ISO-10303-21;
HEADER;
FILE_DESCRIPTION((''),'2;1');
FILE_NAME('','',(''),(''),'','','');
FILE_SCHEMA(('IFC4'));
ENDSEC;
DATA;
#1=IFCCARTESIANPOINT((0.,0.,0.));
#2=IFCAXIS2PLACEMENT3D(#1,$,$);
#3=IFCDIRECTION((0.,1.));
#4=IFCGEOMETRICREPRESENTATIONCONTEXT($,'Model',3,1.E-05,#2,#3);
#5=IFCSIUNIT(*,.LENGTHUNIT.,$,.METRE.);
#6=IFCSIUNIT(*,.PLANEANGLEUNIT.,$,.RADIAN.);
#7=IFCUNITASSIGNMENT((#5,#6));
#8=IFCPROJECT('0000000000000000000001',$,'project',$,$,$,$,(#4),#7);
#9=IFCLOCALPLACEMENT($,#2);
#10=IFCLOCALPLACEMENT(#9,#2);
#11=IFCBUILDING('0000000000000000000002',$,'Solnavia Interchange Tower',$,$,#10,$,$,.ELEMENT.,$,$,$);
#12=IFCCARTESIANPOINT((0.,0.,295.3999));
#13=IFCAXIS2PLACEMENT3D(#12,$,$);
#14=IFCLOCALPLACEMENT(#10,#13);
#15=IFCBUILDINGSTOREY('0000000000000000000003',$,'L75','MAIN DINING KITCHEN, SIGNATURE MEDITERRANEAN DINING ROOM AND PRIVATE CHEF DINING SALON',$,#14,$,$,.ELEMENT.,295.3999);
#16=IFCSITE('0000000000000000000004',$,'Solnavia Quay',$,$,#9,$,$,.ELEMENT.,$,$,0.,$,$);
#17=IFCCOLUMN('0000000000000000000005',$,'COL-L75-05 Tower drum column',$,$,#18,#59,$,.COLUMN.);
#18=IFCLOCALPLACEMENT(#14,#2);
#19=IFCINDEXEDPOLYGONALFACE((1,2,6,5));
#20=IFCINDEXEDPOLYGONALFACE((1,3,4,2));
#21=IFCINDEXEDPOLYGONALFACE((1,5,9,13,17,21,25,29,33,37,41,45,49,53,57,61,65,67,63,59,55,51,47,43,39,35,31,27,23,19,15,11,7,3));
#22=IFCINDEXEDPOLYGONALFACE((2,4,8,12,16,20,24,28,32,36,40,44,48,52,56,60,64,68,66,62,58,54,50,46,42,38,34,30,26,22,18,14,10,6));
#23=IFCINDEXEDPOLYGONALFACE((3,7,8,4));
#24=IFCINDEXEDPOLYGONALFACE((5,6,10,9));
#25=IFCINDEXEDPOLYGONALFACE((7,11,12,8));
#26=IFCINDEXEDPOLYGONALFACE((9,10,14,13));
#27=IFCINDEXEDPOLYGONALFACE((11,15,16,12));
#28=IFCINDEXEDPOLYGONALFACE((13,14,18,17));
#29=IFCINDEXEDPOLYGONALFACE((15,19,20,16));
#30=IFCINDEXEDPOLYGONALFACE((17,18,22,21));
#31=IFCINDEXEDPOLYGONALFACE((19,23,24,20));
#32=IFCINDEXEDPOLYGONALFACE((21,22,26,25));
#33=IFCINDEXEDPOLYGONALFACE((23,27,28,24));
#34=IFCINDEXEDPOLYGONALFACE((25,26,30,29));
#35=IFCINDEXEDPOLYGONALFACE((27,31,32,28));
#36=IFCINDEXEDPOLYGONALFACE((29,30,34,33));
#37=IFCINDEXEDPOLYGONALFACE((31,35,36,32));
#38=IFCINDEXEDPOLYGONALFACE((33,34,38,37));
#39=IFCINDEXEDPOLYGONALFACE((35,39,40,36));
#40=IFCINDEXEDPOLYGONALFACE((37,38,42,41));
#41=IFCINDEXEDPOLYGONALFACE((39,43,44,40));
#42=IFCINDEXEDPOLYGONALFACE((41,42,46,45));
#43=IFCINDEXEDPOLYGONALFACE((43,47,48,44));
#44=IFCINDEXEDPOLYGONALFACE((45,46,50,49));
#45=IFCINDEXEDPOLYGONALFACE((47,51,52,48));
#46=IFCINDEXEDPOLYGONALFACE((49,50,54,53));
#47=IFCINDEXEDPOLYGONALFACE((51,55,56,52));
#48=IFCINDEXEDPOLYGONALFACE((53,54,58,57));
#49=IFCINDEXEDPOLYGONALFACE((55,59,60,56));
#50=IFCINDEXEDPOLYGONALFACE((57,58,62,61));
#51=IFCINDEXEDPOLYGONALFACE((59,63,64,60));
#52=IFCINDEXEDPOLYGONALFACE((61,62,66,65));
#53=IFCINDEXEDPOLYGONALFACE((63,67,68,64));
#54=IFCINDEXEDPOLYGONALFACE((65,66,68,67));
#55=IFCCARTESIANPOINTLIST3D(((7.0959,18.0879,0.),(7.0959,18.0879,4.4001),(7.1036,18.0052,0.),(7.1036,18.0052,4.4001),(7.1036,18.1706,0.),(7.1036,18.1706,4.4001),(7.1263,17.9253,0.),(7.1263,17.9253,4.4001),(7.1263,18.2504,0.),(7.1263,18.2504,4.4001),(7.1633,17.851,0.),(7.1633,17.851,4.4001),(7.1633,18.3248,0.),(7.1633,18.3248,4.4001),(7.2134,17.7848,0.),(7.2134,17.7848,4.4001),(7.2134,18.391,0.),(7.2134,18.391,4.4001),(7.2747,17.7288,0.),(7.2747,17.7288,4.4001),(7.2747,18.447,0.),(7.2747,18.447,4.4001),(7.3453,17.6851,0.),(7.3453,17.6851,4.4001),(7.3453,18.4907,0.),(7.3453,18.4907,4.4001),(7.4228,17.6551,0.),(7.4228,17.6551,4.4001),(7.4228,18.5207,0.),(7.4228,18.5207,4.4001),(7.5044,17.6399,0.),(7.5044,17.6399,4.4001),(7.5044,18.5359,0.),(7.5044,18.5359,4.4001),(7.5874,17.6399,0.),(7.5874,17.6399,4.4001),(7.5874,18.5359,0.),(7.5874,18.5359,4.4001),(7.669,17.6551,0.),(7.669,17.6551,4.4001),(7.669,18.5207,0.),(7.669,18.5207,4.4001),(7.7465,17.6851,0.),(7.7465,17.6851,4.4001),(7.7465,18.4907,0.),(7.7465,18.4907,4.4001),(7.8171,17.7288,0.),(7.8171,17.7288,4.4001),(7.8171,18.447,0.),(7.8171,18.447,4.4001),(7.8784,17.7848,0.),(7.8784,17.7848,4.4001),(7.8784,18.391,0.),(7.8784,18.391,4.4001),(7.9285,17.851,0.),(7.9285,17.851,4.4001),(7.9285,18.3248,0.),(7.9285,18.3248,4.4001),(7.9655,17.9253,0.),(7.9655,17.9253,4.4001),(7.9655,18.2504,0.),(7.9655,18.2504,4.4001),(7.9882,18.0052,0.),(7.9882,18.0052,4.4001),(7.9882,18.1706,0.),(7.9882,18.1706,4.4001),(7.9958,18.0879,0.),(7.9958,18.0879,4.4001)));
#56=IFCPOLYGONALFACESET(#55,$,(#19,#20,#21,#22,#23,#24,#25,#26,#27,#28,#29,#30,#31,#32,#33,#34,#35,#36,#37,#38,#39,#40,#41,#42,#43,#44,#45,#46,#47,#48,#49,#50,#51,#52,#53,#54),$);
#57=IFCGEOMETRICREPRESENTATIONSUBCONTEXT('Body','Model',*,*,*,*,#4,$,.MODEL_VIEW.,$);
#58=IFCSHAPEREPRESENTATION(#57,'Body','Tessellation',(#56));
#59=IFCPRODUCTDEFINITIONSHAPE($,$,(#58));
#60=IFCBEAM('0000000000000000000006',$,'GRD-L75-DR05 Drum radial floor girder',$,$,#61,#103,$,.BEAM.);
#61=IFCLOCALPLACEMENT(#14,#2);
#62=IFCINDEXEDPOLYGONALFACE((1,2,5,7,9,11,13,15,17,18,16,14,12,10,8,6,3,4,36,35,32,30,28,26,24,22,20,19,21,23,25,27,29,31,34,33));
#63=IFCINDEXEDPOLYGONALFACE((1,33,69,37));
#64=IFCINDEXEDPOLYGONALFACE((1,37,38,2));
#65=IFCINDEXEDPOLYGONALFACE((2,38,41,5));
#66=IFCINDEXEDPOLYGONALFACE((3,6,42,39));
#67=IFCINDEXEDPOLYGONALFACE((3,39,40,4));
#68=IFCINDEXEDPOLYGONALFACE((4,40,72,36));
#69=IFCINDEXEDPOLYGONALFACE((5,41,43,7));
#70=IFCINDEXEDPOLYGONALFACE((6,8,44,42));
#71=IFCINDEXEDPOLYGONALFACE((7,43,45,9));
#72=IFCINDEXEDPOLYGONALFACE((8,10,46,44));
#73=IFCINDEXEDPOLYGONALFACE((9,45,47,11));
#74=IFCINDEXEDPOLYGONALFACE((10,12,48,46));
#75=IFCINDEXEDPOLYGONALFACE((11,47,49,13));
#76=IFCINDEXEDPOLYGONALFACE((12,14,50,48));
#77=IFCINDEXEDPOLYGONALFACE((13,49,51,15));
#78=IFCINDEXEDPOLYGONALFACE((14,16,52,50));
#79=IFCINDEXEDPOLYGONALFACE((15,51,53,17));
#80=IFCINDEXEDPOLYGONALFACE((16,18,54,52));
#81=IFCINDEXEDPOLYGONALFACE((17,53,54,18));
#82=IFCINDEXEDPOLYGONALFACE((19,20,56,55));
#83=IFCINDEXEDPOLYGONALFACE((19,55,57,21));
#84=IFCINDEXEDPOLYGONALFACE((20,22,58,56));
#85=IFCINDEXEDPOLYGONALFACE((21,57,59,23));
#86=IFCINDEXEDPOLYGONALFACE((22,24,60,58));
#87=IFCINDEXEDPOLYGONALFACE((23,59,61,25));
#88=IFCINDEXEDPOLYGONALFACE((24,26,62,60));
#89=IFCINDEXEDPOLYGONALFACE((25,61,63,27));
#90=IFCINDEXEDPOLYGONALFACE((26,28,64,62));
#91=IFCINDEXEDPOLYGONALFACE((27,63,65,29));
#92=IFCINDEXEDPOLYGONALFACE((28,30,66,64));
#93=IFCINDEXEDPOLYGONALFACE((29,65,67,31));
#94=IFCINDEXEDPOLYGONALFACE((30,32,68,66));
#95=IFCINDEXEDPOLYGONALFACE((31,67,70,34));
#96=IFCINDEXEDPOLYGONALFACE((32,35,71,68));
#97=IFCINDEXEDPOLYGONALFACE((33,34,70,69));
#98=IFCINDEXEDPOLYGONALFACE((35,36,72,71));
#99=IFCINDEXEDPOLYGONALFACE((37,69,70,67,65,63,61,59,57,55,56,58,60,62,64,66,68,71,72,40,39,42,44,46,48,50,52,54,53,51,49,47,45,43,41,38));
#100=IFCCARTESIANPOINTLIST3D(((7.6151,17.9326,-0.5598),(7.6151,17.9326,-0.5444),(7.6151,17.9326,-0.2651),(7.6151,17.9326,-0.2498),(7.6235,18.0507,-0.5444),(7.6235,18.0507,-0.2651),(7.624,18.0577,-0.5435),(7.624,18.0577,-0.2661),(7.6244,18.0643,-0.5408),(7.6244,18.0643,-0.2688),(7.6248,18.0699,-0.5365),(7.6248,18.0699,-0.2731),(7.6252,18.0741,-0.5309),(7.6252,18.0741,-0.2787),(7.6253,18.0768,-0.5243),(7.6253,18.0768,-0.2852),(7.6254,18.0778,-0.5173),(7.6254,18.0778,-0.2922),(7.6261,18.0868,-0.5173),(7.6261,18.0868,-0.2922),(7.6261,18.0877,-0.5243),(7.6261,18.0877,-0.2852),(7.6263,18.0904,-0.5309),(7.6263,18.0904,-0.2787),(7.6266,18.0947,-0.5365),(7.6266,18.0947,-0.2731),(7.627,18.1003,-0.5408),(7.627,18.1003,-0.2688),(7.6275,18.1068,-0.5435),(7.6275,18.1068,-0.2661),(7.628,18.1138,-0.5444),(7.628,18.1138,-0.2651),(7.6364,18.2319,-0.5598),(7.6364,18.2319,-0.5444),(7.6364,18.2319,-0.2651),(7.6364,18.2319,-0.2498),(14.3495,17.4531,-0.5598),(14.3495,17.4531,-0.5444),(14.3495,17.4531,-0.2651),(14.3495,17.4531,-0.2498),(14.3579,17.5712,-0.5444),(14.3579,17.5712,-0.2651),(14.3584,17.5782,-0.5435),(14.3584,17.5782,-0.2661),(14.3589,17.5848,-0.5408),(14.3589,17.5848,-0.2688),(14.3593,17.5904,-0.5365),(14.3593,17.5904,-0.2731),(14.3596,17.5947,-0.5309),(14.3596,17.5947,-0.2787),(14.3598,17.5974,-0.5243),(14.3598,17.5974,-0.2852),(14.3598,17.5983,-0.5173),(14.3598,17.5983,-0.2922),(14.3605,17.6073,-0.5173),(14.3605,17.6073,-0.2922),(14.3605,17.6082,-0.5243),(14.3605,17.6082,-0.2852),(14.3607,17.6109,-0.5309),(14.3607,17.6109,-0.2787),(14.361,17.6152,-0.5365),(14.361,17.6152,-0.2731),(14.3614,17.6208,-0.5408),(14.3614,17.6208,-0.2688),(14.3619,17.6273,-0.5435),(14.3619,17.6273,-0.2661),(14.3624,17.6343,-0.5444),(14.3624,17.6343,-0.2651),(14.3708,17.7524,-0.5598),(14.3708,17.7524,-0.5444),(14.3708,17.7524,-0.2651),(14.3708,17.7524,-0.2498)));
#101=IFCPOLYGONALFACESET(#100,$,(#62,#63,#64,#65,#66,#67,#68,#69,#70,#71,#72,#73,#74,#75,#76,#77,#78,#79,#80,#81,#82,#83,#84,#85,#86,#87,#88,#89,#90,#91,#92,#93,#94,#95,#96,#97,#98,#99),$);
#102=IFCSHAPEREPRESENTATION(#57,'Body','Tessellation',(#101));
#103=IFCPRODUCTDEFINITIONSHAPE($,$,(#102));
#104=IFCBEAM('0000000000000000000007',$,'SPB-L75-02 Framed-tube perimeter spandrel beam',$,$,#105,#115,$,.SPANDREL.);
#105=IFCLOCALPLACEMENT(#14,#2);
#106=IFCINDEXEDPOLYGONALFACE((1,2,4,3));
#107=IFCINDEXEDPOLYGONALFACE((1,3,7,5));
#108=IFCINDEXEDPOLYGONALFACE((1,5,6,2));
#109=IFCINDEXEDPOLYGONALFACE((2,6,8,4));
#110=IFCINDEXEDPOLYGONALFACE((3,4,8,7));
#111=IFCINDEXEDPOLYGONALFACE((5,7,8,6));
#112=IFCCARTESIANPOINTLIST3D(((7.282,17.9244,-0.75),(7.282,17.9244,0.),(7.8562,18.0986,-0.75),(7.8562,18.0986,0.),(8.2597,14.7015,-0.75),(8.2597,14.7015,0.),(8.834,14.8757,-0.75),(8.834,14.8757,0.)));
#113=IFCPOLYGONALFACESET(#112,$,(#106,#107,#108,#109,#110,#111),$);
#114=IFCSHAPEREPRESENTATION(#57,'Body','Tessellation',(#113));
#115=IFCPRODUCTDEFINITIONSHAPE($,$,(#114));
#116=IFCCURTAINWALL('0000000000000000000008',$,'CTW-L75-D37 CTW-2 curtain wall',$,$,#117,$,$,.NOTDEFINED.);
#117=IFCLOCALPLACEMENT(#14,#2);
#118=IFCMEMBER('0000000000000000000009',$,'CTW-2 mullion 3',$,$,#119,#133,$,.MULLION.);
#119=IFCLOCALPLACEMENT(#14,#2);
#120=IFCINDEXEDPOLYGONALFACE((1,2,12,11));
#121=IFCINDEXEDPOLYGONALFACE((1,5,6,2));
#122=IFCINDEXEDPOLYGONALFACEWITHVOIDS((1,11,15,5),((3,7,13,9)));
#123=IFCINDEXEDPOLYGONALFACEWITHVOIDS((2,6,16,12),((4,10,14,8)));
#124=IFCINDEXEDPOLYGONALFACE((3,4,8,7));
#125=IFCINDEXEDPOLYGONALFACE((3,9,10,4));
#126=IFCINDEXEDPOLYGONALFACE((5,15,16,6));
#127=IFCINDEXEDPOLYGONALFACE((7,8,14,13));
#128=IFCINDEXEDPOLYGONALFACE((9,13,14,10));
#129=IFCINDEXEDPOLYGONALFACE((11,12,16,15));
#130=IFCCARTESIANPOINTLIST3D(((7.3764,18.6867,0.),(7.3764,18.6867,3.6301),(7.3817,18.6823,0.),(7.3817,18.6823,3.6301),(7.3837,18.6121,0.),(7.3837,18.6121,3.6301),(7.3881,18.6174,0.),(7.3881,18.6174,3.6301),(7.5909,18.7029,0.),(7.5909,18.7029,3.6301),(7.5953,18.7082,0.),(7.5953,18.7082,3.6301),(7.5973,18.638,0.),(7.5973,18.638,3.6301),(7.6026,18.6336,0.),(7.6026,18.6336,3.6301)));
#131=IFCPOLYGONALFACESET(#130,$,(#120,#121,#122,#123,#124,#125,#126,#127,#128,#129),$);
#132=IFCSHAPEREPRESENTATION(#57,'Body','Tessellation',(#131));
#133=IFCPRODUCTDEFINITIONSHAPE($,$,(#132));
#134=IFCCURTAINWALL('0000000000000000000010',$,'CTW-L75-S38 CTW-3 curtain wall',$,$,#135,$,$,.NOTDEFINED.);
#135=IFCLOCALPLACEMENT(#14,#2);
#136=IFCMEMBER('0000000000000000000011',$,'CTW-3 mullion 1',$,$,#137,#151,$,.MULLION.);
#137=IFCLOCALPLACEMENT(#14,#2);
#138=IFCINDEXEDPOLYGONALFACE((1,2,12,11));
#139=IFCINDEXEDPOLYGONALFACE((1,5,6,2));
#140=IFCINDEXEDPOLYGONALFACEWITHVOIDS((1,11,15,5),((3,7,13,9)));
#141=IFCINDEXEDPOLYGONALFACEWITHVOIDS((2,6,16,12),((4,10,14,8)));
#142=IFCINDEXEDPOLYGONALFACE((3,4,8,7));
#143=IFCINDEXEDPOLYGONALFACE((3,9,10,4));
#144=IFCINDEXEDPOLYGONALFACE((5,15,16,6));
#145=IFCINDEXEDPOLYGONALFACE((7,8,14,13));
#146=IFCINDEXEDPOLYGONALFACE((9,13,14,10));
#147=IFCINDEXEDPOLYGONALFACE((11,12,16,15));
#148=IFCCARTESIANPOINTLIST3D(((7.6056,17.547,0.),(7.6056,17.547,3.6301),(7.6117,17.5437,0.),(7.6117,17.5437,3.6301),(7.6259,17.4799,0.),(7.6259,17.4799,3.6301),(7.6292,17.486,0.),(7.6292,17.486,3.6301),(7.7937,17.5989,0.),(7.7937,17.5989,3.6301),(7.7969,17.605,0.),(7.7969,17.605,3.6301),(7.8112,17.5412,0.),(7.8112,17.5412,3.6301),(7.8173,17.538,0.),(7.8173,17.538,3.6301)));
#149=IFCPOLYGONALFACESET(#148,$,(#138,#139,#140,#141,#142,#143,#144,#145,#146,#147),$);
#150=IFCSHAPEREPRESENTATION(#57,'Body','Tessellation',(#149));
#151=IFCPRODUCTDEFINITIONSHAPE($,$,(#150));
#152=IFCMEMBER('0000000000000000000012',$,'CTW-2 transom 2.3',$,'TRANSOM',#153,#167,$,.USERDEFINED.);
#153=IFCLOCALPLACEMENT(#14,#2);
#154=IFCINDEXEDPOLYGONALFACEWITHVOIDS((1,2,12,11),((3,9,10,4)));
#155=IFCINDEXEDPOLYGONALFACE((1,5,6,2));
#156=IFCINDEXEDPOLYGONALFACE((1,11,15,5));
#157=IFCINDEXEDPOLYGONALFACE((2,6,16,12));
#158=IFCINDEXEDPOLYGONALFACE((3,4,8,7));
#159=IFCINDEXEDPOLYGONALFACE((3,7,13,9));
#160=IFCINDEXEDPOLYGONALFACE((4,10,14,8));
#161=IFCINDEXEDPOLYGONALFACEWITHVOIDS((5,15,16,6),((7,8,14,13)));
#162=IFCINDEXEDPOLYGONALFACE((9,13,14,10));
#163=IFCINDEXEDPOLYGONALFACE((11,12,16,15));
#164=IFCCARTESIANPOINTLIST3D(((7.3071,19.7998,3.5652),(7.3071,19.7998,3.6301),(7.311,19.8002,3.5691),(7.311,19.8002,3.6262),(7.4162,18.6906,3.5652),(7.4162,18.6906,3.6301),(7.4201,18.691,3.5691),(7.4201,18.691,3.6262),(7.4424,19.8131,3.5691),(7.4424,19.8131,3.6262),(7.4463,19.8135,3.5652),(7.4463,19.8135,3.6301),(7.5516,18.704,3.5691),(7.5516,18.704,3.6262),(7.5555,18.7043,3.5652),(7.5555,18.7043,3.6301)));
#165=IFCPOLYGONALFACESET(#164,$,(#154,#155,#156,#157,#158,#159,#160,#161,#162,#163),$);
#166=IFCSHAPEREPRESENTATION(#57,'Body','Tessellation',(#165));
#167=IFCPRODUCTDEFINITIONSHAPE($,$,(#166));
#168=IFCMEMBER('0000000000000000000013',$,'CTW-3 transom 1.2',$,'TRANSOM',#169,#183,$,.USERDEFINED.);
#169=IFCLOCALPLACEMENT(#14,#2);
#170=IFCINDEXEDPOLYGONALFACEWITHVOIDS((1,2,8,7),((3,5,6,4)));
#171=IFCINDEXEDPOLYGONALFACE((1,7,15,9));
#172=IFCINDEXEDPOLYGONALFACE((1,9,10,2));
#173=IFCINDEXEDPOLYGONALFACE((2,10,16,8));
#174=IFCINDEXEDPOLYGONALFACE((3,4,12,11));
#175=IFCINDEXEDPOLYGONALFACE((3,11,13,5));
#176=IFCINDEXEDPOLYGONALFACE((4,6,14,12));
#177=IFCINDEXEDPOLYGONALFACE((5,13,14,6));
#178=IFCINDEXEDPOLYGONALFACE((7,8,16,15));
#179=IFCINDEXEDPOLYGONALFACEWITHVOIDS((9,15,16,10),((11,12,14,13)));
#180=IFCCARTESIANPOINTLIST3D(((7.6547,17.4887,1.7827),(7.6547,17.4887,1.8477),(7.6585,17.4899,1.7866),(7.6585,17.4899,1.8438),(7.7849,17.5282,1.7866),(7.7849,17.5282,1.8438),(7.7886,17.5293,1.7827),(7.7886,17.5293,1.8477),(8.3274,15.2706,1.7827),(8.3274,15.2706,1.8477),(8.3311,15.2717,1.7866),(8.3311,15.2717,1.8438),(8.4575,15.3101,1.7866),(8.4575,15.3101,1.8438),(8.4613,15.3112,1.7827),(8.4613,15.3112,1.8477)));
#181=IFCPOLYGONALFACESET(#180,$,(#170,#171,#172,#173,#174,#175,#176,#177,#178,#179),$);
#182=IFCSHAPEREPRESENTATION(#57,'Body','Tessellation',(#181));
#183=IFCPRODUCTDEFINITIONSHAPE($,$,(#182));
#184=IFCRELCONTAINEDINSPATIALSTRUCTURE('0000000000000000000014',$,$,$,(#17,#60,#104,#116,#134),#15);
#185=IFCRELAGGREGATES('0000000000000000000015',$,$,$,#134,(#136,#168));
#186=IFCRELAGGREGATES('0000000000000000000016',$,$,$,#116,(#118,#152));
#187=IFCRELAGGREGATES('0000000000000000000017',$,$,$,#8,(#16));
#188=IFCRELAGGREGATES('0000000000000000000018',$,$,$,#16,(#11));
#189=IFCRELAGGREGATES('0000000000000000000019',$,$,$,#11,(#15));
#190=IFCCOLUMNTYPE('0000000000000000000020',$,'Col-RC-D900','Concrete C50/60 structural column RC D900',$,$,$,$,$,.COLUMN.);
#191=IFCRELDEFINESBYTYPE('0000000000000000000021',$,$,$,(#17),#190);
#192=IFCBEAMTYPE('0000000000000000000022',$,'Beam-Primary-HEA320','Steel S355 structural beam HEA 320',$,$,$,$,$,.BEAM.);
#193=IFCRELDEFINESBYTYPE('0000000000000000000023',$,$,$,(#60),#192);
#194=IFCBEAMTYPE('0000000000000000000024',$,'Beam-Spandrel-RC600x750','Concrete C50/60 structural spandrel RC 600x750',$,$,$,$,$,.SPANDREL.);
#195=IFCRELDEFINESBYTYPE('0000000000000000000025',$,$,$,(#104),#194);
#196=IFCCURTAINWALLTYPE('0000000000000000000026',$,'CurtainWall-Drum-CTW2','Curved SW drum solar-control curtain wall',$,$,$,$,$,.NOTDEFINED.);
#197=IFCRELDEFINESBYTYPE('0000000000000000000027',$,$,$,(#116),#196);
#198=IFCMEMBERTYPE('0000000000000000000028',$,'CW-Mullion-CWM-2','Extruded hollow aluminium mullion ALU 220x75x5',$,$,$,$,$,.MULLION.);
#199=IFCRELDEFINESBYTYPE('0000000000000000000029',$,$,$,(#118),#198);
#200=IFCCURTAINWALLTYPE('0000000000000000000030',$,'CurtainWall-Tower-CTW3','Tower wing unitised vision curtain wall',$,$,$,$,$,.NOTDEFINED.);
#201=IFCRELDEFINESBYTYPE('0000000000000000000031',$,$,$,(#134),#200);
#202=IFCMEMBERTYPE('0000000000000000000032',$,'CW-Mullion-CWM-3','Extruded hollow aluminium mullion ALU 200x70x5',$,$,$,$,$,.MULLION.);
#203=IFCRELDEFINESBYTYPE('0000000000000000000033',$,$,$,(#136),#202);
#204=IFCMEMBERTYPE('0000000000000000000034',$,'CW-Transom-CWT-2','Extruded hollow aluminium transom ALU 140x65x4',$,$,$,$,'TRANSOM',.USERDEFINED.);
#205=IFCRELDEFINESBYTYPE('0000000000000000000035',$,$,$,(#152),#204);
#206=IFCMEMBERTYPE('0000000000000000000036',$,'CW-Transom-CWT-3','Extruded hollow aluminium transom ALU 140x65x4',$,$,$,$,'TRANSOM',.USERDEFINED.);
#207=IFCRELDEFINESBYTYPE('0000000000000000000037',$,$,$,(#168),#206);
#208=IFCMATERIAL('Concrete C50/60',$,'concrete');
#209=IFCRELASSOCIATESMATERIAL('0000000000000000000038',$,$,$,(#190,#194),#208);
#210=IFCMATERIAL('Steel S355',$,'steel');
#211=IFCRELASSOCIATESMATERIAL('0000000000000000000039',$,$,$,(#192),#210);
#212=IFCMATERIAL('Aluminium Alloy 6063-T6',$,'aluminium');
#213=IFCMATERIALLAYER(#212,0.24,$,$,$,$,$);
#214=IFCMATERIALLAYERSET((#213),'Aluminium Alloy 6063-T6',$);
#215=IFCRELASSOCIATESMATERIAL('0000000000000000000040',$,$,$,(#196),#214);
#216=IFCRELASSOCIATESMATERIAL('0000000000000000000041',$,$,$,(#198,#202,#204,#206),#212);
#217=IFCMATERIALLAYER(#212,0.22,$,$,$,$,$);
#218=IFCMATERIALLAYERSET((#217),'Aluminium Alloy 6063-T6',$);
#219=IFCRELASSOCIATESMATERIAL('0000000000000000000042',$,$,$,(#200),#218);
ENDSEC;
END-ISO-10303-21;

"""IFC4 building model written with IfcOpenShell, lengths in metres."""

from ifc_helpers import new_model, si_unit, direction, frame, origin, origin_2d, place, context, subcontext, project, spatial, rectangle, hollow_rectangle, circle, i_section, extrude, material, layer, layer_set, material_profile, profile_set, type_object, element, aggregate, save


model = new_model("IFC4")

# Units and contexts
model_context = context("Model", 3, precision=1e-05, world=origin(), true_north=direction((0.0, 1.0)))
body_context = subcontext(model_context, "Body", "Model", "MODEL_VIEW")
ifc_project = project(units=[si_unit("LENGTHUNIT", "METRE"), si_unit("PLANEANGLEUNIT", "RADIAN")], contexts=[model_context])

# Site, building, storey
site_placement = place(None, origin())
site = spatial("IfcSite", under=ifc_project, at=site_placement, Name="Solnavia Quay", CompositionType="ELEMENT", RefElevation=0.0)
building_placement = place(site_placement, origin())
building = spatial("IfcBuilding", under=site, at=building_placement, Name="Solnavia Interchange Tower", CompositionType="ELEMENT")
storey_placement = place(building_placement, frame((0.0, 0.0, 295.3999)))
storey = spatial("IfcBuildingStorey", under=building, at=storey_placement, Name="L75", Description="MAIN DINING KITCHEN, SIGNATURE MEDITERRANEAN DINING ROOM AND PRIVATE CHEF DINING SALON", CompositionType="ELEMENT", Elevation=295.3999)

# Column
ifc_material_1 = material(Name="Concrete C50/60", Category="concrete")
ifc_material_profile_1 = material_profile(ifc_material_1, circle(Radius=0.45, at=origin_2d()), Name="RC D900")
ifc_profile_set_1 = profile_set([ifc_material_profile_1], Name="Concrete C50/60")
column_type = type_object("IfcColumnType", Name="Col-RC-D900", Description="Concrete C50/60 structural column RC D900", PredefinedType="COLUMN", material=ifc_profile_set_1)
column_placement = place(storey_placement, frame((7.5459, 18.0879, 0.0), z_axis=(0.0, 0.0, 1.0), x_axis=(1.0, 0.0, 0.0)))
element("IfcColumn", 1, at=column_placement, inside=storey, type_object=column_type, Name="COL-L75-05 Tower drum column", PredefinedType="COLUMN", context=body_context, shape_type="SweptSolid", body=[
    extrude(circle(Radius=0.45, at=origin_2d()), origin(), (0.0, 0.0, 1.0), 4.4001),
])

# Beams
ifc_material_2 = material(Name="Steel S355", Category="steel")
ifc_material_profile_2 = material_profile(ifc_material_2, i_section(OverallWidth=0.3, OverallDepth=0.3101, WebThickness=0.009, FlangeThickness=0.0154, FilletRadius=0.0271, at=origin_2d()), Name="HEA 320")
ifc_profile_set_2 = profile_set([ifc_material_profile_2], Name="Steel S355")
beam_type_1 = type_object("IfcBeamType", Name="Beam-Primary-HEA320", Description="Steel S355 structural beam HEA 320", PredefinedType="BEAM", material=ifc_profile_set_2)
beam_1_placement = place(storey_placement, frame((7.6257, 18.0823, -0.4048), z_axis=(0.997475, -0.071021, 0.0), x_axis=(0.071021, 0.997475, 0.0)))
element("IfcBeam", 2, at=beam_1_placement, inside=storey, type_object=beam_type_1, Name="GRD-L75-DR05 Drum radial floor girder", PredefinedType="BEAM", context=body_context, shape_type="SweptSolid", body=[
    extrude(i_section(OverallWidth=0.3, OverallDepth=0.3101, WebThickness=0.009, FlangeThickness=0.0154, FilletRadius=0.0271, at=origin_2d()), origin(), (0.0, 0.0, 1.0), 6.7515),
])
ifc_material_profile_3 = material_profile(ifc_material_1, rectangle(XDim=0.6001, YDim=0.75, at=origin_2d()), Name="RC 600x750")
ifc_profile_set_3 = profile_set([ifc_material_profile_3], Name="Concrete C50/60")
beam_type_2 = type_object("IfcBeamType", Name="Beam-Spandrel-RC600x750", Description="Concrete C50/60 structural spandrel RC 600x750", PredefinedType="SPANDREL", material=ifc_profile_set_3)
beam_2_placement = place(storey_placement, frame((7.5691, 18.0115, -0.375), z_axis=(0.290319, -0.95693, 0.0), x_axis=(0.95693, 0.290319, 0.0)))
element("IfcBeam", 3, at=beam_2_placement, inside=storey, type_object=beam_type_2, Name="SPB-L75-02 Framed-tube perimeter spandrel beam", PredefinedType="SPANDREL", context=body_context, shape_type="SweptSolid", body=[
    extrude(rectangle(XDim=0.6001, YDim=0.75, at=origin_2d()), origin(), (0.0, 0.0, 1.0), 3.3679),
])

# Curtain walls, members
ifc_material_3 = material(Name="Aluminium Alloy 6063-T6", Category="aluminium")
ifc_layer_1 = layer(ifc_material_3, 0.24)
ifc_layer_set_1 = layer_set([ifc_layer_1], Name="Aluminium Alloy 6063-T6")
curtain_wall_type_1 = type_object("IfcCurtainWallType", Name="CurtainWall-Drum-CTW2", Description="Curved SW drum solar-control curtain wall", PredefinedType="NOTDEFINED", material=ifc_layer_set_1)
curtain_wall_1_placement = place(storey_placement, origin())
curtain_wall_1 = element("IfcCurtainWall", 4, at=curtain_wall_1_placement, inside=storey, type_object=curtain_wall_type_1, Name="CTW-L75-D37 CTW-2 curtain wall", PredefinedType="NOTDEFINED")
ifc_material_profile_4 = material_profile(ifc_material_3, hollow_rectangle(XDim=0.075, YDim=0.22, WallThickness=0.0049, at=origin_2d()), Name="ALU 220x75x5")
ifc_profile_set_4 = profile_set([ifc_material_profile_4], Name="Aluminium Alloy 6063-T6")
member_type_1 = type_object("IfcMemberType", Name="CW-Mullion-CWM-2", Description="Extruded hollow aluminium mullion ALU 220x75x5", PredefinedType="MULLION", material=ifc_profile_set_4)
member_1_placement = place(storey_placement, frame((7.4895, 18.6602, 0.0), z_axis=(0.0, 0.0, 1.0), x_axis=(0.098043, -0.995182, 0.0)))
member_1 = element("IfcMember", 5, at=member_1_placement, type_object=member_type_1, Name="CTW-2 mullion 3", PredefinedType="MULLION", context=body_context, shape_type="SweptSolid", body=[
    extrude(hollow_rectangle(XDim=0.075, YDim=0.22, WallThickness=0.0049, at=origin_2d()), origin(), (0.0, 0.0, 1.0), 3.6301),
])
ifc_layer_2 = layer(ifc_material_3, 0.22)
ifc_layer_set_2 = layer_set([ifc_layer_2], Name="Aluminium Alloy 6063-T6")
curtain_wall_type_2 = type_object("IfcCurtainWallType", Name="CurtainWall-Tower-CTW3", Description="Tower wing unitised vision curtain wall", PredefinedType="NOTDEFINED", material=ifc_layer_set_2)
curtain_wall_2_placement = place(storey_placement, origin())
curtain_wall_2 = element("IfcCurtainWall", 6, at=curtain_wall_2_placement, inside=storey, type_object=curtain_wall_type_2, Name="CTW-L75-S38 CTW-3 curtain wall", PredefinedType="NOTDEFINED")
ifc_material_profile_5 = material_profile(ifc_material_3, hollow_rectangle(XDim=0.0701, YDim=0.2, WallThickness=0.0049, at=origin_2d()), Name="ALU 200x70x5")
ifc_profile_set_5 = profile_set([ifc_material_profile_5], Name="Aluminium Alloy 6063-T6")
member_type_2 = type_object("IfcMemberType", Name="CW-Mullion-CWM-3", Description="Extruded hollow aluminium mullion ALU 200x70x5", PredefinedType="MULLION", material=ifc_profile_set_5)
member_2_placement = place(storey_placement, frame((7.7114, 17.5425, 0.0), z_axis=(0.0, 0.0, 1.0), x_axis=(0.290258, -0.956948, 0.0)))
member_2 = element("IfcMember", 7, at=member_2_placement, type_object=member_type_2, Name="CTW-3 mullion 1", PredefinedType="MULLION", context=body_context, shape_type="SweptSolid", body=[
    extrude(hollow_rectangle(XDim=0.0701, YDim=0.2, WallThickness=0.0049, at=origin_2d()), origin(), (0.0, 0.0, 1.0), 3.6301),
])

# Members
ifc_material_profile_6 = material_profile(ifc_material_3, hollow_rectangle(XDim=0.0649, YDim=0.1399, WallThickness=0.0039, at=origin_2d()), Name="ALU 140x65x4")
ifc_profile_set_6 = profile_set([ifc_material_profile_6], Name="Aluminium Alloy 6063-T6")
member_type_3 = type_object("IfcMemberType", Name="CW-Transom-CWT-2", Description="Extruded hollow aluminium transom ALU 140x65x4", ElementType="TRANSOM", PredefinedType="USERDEFINED", material=ifc_profile_set_6)
member_3_placement = place(storey_placement, frame((7.3767, 19.8066, 3.5977), z_axis=(0.09792, -0.995194, 0.0), x_axis=(0.0, 0.0, 1.0)))
member_3 = element("IfcMember", 8, at=member_3_placement, type_object=member_type_3, Name="CTW-2 transom 2.3", ObjectType="TRANSOM", PredefinedType="USERDEFINED", context=body_context, shape_type="SweptSolid", body=[
    extrude(hollow_rectangle(XDim=0.0649, YDim=0.1399, WallThickness=0.0039, at=origin_2d()), origin(), (0.0, 0.0, 1.0), 1.1145),
])
ifc_material_profile_7 = material_profile(ifc_material_3, hollow_rectangle(XDim=0.0649, YDim=0.1399, WallThickness=0.0039, at=origin_2d()), Name="ALU 140x65x4")
ifc_profile_set_7 = profile_set([ifc_material_profile_7], Name="Aluminium Alloy 6063-T6")
member_type_4 = type_object("IfcMemberType", Name="CW-Transom-CWT-3", Description="Extruded hollow aluminium transom ALU 140x65x4", ElementType="TRANSOM", PredefinedType="USERDEFINED", material=ifc_profile_set_7)
member_4_placement = place(storey_placement, frame((7.7217, 17.509, 1.8152), z_axis=(0.290197, -0.956967, 0.0), x_axis=(0.0, 0.0, 1.0)))
member_4 = element("IfcMember", 9, at=member_4_placement, type_object=member_type_4, Name="CTW-3 transom 1.2", ObjectType="TRANSOM", PredefinedType="USERDEFINED", context=body_context, shape_type="SweptSolid", body=[
    extrude(hollow_rectangle(XDim=0.0649, YDim=0.1399, WallThickness=0.0039, at=origin_2d()), origin(), (0.0, 0.0, 1.0), 2.3179),
])
aggregate(curtain_wall_2, [member_2, member_4])

aggregate(curtain_wall_1, [member_1, member_3])

save(model, "model.ifc")
